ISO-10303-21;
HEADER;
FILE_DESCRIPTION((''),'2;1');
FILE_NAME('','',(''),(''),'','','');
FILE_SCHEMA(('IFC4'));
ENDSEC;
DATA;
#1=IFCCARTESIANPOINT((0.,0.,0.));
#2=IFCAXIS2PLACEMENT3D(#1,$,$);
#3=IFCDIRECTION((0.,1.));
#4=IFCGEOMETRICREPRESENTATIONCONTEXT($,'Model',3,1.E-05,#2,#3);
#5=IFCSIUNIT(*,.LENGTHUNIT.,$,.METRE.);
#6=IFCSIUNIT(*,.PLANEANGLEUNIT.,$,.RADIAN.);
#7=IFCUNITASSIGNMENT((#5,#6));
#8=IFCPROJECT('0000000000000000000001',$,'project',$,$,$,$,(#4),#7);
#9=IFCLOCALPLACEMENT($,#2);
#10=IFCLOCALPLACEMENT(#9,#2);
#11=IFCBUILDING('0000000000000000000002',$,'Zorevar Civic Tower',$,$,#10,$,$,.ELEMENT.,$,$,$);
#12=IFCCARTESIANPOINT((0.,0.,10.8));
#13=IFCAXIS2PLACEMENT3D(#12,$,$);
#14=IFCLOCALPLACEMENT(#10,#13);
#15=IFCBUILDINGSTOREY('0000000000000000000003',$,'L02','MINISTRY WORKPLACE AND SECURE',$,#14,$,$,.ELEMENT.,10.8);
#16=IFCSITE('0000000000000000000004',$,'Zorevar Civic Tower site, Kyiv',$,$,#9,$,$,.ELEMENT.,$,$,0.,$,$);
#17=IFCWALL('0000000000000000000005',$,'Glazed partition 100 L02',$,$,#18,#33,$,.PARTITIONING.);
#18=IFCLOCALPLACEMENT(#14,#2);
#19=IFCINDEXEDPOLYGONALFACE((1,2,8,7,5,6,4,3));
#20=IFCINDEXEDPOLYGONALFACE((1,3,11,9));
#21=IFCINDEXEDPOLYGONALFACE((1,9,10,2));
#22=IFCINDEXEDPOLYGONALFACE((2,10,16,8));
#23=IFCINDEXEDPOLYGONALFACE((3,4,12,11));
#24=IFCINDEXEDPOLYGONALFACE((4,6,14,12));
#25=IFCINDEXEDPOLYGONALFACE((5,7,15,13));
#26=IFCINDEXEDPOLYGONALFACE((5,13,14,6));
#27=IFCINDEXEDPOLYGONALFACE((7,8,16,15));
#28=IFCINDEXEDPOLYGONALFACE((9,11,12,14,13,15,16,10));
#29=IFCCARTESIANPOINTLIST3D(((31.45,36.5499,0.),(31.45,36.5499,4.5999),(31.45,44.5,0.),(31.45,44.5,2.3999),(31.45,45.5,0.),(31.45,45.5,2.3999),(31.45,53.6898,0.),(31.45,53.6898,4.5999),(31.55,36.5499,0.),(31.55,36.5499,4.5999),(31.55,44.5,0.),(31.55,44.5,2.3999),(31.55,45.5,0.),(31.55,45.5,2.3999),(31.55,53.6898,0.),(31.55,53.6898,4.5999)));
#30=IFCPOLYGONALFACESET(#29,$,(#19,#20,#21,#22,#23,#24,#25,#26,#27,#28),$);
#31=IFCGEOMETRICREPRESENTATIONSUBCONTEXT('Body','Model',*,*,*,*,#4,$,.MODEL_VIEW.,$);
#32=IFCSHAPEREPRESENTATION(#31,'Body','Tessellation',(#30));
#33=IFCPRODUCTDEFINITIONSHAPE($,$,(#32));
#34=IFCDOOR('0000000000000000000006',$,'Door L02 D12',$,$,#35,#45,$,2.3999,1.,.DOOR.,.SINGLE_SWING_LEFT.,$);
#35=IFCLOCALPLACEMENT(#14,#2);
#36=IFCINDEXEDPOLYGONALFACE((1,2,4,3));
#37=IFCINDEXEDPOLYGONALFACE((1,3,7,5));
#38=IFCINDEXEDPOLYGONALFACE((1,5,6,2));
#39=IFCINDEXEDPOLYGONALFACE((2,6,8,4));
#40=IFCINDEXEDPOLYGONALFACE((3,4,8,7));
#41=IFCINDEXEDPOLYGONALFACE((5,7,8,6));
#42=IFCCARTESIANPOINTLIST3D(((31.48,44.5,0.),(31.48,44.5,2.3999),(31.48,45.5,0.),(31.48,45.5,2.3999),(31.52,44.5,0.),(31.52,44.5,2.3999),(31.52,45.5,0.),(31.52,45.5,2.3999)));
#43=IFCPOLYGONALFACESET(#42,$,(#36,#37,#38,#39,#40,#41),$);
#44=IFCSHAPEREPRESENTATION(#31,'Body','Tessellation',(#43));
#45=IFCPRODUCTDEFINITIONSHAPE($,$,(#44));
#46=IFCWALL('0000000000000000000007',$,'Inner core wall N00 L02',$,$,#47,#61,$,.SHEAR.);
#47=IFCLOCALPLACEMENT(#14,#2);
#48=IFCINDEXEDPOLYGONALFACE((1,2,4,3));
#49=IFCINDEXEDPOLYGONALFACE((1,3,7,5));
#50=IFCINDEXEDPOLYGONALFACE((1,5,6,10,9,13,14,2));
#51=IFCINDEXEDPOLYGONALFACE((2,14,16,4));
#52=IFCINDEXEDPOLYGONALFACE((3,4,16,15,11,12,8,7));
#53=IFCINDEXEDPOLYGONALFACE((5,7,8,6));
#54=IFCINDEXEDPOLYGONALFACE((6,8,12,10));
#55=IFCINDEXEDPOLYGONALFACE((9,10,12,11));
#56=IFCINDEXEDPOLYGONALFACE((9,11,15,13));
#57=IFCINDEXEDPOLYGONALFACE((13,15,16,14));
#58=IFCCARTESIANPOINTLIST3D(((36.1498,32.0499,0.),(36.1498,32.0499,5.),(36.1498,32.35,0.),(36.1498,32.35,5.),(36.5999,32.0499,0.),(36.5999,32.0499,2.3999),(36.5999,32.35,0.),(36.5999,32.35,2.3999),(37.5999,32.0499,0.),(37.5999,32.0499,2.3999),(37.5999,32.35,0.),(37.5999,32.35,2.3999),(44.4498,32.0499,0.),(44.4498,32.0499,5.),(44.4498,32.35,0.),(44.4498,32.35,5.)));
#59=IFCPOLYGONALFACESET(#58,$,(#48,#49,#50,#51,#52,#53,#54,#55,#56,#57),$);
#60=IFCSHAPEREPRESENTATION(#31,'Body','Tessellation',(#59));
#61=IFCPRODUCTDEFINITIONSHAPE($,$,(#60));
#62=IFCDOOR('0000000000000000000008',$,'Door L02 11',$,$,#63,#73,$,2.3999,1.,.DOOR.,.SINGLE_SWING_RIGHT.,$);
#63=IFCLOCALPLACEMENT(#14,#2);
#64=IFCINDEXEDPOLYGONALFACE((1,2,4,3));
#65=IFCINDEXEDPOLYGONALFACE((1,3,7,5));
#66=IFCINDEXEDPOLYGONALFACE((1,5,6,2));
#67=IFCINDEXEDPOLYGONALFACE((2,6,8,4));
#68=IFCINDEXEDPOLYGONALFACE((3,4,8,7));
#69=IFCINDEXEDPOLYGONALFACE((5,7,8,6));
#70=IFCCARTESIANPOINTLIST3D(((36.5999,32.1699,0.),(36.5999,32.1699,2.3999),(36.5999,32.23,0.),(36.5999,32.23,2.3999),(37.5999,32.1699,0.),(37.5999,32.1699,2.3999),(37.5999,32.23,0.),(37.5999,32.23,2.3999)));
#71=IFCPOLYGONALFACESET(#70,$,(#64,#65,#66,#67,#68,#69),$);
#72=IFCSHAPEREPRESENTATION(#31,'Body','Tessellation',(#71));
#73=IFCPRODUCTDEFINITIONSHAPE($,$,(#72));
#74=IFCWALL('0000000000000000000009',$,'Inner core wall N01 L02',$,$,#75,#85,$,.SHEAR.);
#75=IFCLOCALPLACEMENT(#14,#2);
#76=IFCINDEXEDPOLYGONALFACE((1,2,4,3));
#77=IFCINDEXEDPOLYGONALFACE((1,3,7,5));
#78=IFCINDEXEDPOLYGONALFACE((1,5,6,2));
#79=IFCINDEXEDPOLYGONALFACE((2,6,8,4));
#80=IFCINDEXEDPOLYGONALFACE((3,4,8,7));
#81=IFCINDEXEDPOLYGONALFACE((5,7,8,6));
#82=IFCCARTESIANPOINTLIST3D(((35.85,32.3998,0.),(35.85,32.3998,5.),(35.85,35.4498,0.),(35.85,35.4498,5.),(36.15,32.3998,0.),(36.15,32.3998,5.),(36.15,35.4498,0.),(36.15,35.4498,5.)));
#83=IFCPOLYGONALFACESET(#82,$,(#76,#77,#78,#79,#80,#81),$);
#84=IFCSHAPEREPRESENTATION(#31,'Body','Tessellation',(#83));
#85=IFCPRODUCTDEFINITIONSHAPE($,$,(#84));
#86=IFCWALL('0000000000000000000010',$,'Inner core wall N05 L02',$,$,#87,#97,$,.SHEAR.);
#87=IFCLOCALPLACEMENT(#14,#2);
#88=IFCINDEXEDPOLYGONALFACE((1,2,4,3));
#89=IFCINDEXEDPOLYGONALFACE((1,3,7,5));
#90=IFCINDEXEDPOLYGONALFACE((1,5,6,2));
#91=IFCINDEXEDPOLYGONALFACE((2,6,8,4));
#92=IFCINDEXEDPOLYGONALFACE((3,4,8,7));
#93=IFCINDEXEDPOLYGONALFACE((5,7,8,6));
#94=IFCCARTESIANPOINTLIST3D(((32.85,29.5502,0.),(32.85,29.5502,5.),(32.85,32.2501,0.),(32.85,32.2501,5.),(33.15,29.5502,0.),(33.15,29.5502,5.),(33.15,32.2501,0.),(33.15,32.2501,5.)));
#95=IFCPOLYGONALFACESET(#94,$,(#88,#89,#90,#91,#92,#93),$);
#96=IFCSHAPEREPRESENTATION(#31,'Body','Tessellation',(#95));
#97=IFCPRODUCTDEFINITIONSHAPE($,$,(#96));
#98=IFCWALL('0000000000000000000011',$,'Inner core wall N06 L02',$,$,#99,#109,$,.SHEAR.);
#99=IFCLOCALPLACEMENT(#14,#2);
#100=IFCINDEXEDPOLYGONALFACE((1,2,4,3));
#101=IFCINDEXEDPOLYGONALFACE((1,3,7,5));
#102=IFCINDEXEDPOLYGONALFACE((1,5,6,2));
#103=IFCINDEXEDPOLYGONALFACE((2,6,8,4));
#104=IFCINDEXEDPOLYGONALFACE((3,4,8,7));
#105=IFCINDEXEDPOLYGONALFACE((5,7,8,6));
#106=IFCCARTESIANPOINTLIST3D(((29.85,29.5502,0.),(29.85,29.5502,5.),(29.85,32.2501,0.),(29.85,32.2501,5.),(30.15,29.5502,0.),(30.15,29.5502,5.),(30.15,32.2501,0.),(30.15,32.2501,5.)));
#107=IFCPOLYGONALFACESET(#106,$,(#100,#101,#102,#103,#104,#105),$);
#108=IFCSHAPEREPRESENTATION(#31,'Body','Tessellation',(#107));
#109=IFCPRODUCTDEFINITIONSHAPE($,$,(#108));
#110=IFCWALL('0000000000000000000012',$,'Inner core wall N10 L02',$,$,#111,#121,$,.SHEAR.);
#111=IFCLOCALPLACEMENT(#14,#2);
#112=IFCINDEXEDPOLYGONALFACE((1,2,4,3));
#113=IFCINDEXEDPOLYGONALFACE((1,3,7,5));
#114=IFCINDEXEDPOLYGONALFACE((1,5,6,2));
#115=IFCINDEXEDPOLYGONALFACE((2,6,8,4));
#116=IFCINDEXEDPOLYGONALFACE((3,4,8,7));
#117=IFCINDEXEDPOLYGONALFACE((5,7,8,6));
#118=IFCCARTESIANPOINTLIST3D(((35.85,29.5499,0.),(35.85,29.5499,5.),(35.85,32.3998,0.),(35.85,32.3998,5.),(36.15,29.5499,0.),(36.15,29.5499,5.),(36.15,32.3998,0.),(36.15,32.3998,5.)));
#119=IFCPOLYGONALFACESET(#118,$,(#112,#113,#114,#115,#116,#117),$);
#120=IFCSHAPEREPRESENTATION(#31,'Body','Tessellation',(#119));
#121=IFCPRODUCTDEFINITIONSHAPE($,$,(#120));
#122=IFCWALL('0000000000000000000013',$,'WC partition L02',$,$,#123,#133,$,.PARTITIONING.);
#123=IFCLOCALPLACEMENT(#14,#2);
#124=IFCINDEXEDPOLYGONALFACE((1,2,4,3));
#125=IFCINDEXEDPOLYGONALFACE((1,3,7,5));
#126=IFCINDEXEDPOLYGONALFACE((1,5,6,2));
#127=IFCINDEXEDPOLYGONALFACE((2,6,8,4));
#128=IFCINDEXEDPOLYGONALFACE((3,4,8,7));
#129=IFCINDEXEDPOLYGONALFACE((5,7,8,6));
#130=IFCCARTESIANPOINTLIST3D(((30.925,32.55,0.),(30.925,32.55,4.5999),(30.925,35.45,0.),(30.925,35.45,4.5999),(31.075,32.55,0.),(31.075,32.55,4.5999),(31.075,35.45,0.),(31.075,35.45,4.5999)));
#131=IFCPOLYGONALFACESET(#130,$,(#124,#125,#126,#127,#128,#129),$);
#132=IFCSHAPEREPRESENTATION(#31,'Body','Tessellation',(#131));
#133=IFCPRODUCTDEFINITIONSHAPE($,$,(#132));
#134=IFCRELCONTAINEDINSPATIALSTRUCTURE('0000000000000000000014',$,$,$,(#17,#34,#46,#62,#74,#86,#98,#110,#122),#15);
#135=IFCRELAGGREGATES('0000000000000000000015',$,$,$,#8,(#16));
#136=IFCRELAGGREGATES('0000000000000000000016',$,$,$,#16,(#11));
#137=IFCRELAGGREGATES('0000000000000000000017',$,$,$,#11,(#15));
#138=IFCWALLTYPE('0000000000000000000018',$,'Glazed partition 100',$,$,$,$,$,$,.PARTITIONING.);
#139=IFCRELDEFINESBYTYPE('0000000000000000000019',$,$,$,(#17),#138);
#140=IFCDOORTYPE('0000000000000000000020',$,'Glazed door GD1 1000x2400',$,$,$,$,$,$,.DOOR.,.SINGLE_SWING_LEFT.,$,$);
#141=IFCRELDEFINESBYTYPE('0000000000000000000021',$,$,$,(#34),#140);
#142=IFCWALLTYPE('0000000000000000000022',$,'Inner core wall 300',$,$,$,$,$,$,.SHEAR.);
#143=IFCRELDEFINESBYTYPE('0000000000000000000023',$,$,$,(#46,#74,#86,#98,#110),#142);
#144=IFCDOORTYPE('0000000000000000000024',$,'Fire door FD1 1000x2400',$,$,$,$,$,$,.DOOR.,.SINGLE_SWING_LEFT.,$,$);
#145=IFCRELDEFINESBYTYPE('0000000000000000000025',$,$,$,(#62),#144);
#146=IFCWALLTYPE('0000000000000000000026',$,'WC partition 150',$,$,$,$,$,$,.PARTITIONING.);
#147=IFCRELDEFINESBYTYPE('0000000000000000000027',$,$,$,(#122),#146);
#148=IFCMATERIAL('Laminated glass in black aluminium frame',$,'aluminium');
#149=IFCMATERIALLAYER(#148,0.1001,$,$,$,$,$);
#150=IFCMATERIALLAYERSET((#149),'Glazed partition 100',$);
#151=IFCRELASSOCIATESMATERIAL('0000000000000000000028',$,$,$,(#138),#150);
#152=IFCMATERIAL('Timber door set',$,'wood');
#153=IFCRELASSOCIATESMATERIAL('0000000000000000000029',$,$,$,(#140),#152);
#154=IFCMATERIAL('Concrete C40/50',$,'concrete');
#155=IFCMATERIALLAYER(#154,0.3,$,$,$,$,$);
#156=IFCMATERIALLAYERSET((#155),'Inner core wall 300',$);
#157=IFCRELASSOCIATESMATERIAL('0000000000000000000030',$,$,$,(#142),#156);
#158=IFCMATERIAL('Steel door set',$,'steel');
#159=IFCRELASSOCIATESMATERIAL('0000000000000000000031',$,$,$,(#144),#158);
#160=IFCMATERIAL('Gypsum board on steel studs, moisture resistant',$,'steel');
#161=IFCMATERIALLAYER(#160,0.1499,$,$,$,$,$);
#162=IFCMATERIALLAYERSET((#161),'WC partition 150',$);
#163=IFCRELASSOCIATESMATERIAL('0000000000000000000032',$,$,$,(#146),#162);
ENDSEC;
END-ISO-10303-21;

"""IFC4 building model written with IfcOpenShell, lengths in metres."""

from ifc_helpers import new_model, si_unit, direction, frame, frame_2d, origin, place, context, subcontext, project, spatial, rectangle, extrude, material, layer, layer_set, type_object, element, fill, save


model = new_model("IFC4")

# Units and contexts
model_context = context("Model", 3, precision=1e-05, world=origin(), true_north=direction((0.0, 1.0)))
body_context = subcontext(model_context, "Body", "Model", "MODEL_VIEW")
ifc_project = project(units=[si_unit("LENGTHUNIT", "METRE"), si_unit("PLANEANGLEUNIT", "RADIAN")], contexts=[model_context])

# Site, building, storey
site_placement = place(None, origin())
site = spatial("IfcSite", under=ifc_project, at=site_placement, Name="Zorevar Civic Tower site, Kyiv", CompositionType="ELEMENT", RefElevation=0.0)
building_placement = place(site_placement, origin())
building = spatial("IfcBuilding", under=site, at=building_placement, Name="Zorevar Civic Tower", CompositionType="ELEMENT")
storey_placement = place(building_placement, frame((0.0, 0.0, 10.8)))
storey = spatial("IfcBuildingStorey", under=building, at=storey_placement, Name="L02", Description="MINISTRY WORKPLACE AND SECURE", CompositionType="ELEMENT", Elevation=10.8)

# Walls, openings, doors
ifc_material_1 = material(Name="Laminated glass in black aluminium frame", Category="aluminium")
ifc_layer_1 = layer(ifc_material_1, 0.1001)
ifc_layer_set_1 = layer_set([ifc_layer_1], Name="Glazed partition 100")
wall_type_1 = type_object("IfcWallType", Name="Glazed partition 100", PredefinedType="PARTITIONING", material=ifc_layer_set_1)
wall_1_placement = place(storey_placement, frame((31.5, 36.55, 0.0), z_axis=(0.0, 0.0, 1.0), x_axis=(0.0, 1.0, 0.0)))
wall_1 = element("IfcWall", 1, at=wall_1_placement, inside=storey, type_object=wall_type_1, Name="Glazed partition 100 L02", PredefinedType="PARTITIONING", context=body_context, shape_type="SweptSolid", body=[
    extrude(rectangle(XDim=17.1399, YDim=0.1001, at=frame_2d((8.5698, 0.0))), origin(), (0.0, 0.0, 1.0), 4.5999),
])
opening_1_placement = place(wall_1_placement, frame((7.95, 0.0, 0.0)))
opening_1 = element("IfcOpeningElement", 2, at=opening_1_placement, cuts=wall_1, PredefinedType="OPENING", context=body_context, shape_type="SweptSolid", body=[
    extrude(rectangle(XDim=1.0, YDim=2.3999, at=frame_2d((0.5, 1.2))), frame((0.0, 0.0601, 0.0), z_axis=(0.0, -1.0, 0.0), x_axis=(1.0, 0.0, 0.0)), (0.0, 0.0, 1.0), 0.1201),
])
ifc_material_2 = material(Name="Timber door set", Category="wood")
door_type_1 = type_object("IfcDoorType", Name="Glazed door GD1 1000x2400", OperationType="SINGLE_SWING_LEFT", PredefinedType="DOOR", material=ifc_material_2)
door_1_placement = place(opening_1_placement, origin())
door_1 = element("IfcDoor", 3, at=door_1_placement, inside=storey, type_object=door_type_1, Name="Door L02 D12", OperationType="SINGLE_SWING_LEFT", OverallHeight=2.3999, OverallWidth=1.0, PredefinedType="DOOR", context=body_context, shape_type="SweptSolid", body=[
    extrude(rectangle(XDim=1.0, YDim=2.3999, at=frame_2d((0.5, 1.2))), frame((0.0, 0.02, 0.0), z_axis=(0.0, -1.0, 0.0), x_axis=(1.0, 0.0, 0.0)), (0.0, 0.0, 1.0), 0.04),
])
fill(opening_1, door_1)
ifc_material_3 = material(Name="Concrete C40/50", Category="concrete")
ifc_layer_2 = layer(ifc_material_3, 0.3)
ifc_layer_set_2 = layer_set([ifc_layer_2], Name="Inner core wall 300")
wall_type_2 = type_object("IfcWallType", Name="Inner core wall 300", PredefinedType="SHEAR", material=ifc_layer_set_2)
wall_2_placement = place(storey_placement, frame((36.1499, 32.2, 0.0), z_axis=(0.0, 0.0, 1.0), x_axis=(1.0, 0.0, 0.0)))
wall_2 = element("IfcWall", 4, at=wall_2_placement, inside=storey, type_object=wall_type_2, Name="Inner core wall N00 L02", PredefinedType="SHEAR", context=body_context, shape_type="SweptSolid", body=[
    extrude(rectangle(XDim=8.3, YDim=0.3, at=frame_2d((4.1499, 0.0))), origin(), (0.0, 0.0, 1.0), 5.0),
])
opening_2_placement = place(wall_2_placement, frame((0.45, 0.0, 0.0)))
opening_2 = element("IfcOpeningElement", 5, at=opening_2_placement, cuts=wall_2, PredefinedType="OPENING", context=body_context, shape_type="SweptSolid", body=[
    extrude(rectangle(XDim=1.0, YDim=2.3999, at=frame_2d((0.5, 1.2))), frame((0.0, 0.1599, 0.0), z_axis=(0.0, -1.0, 0.0), x_axis=(1.0, 0.0, 0.0)), (0.0, 0.0, 1.0), 0.3201),
])
ifc_material_4 = material(Name="Steel door set", Category="steel")
door_type_2 = type_object("IfcDoorType", Name="Fire door FD1 1000x2400", OperationType="SINGLE_SWING_LEFT", PredefinedType="DOOR", material=ifc_material_4)
door_2_placement = place(opening_2_placement, origin())
door_2 = element("IfcDoor", 6, at=door_2_placement, inside=storey, type_object=door_type_2, Name="Door L02 11", OperationType="SINGLE_SWING_RIGHT", OverallHeight=2.3999, OverallWidth=1.0, PredefinedType="DOOR", context=body_context, shape_type="SweptSolid", body=[
    extrude(rectangle(XDim=1.0, YDim=2.3999, at=frame_2d((0.5, 1.2))), frame((0.0, 0.03, 0.0), z_axis=(0.0, -1.0, 0.0), x_axis=(1.0, 0.0, 0.0)), (0.0, 0.0, 1.0), 0.0601),
])
fill(opening_2, door_2)

# Walls
wall_3_placement = place(storey_placement, frame((36.0, 32.3999, 0.0), z_axis=(0.0, 0.0, 1.0), x_axis=(0.0, 1.0, 0.0)))
element("IfcWall", 7, at=wall_3_placement, inside=storey, type_object=wall_type_2, Name="Inner core wall N01 L02", PredefinedType="SHEAR", context=body_context, shape_type="SweptSolid", body=[
    extrude(rectangle(XDim=3.05, YDim=0.3, at=frame_2d((1.5249, 0.0))), origin(), (0.0, 0.0, 1.0), 5.0),
])
for number, where, z_axis, x_axis, name in (
    (8, (33.0, 29.55, 0.0), (0.0, 0.0, 1.0), (0.0, 1.0, 0.0), "Inner core wall N05 L02"),
    (9, (30.0, 29.55, 0.0), (0.0, 0.0, 1.0), (0.0, 1.0, 0.0), "Inner core wall N06 L02"),
):
    element("IfcWall", number, at=place(storey_placement, frame(where, z_axis=z_axis, x_axis=x_axis)), inside=storey, type_object=wall_type_2, Name=name, PredefinedType="SHEAR", context=body_context, shape_type="SweptSolid", body=[
        extrude(rectangle(XDim=2.7, YDim=0.3, at=frame_2d((1.3501, 0.0))), origin(), (0.0, 0.0, 1.0), 5.0),
    ])
wall_4_placement = place(storey_placement, frame((36.0, 29.55, 0.0), z_axis=(0.0, 0.0, 1.0), x_axis=(0.0, 1.0, 0.0)))
element("IfcWall", 10, at=wall_4_placement, inside=storey, type_object=wall_type_2, Name="Inner core wall N10 L02", PredefinedType="SHEAR", context=body_context, shape_type="SweptSolid", body=[
    extrude(rectangle(XDim=2.8499, YDim=0.3, at=frame_2d((1.4248, 0.0))), origin(), (0.0, 0.0, 1.0), 5.0),
])
ifc_material_5 = material(Name="Gypsum board on steel studs, moisture resistant", Category="steel")
ifc_layer_3 = layer(ifc_material_5, 0.1499)
ifc_layer_set_3 = layer_set([ifc_layer_3], Name="WC partition 150")
wall_type_3 = type_object("IfcWallType", Name="WC partition 150", PredefinedType="PARTITIONING", material=ifc_layer_set_3)
wall_5_placement = place(storey_placement, frame((31.0, 32.55, 0.0), z_axis=(0.0, 0.0, 1.0), x_axis=(0.0, 1.0, 0.0)))
element("IfcWall", 11, at=wall_5_placement, inside=storey, type_object=wall_type_3, Name="WC partition L02", PredefinedType="PARTITIONING", context=body_context, shape_type="SweptSolid", body=[
    extrude(rectangle(XDim=2.8999, YDim=0.1499, at=frame_2d((1.45, 0.0))), origin(), (0.0, 0.0, 1.0), 4.5999),
])

save(model, "model.ifc")
